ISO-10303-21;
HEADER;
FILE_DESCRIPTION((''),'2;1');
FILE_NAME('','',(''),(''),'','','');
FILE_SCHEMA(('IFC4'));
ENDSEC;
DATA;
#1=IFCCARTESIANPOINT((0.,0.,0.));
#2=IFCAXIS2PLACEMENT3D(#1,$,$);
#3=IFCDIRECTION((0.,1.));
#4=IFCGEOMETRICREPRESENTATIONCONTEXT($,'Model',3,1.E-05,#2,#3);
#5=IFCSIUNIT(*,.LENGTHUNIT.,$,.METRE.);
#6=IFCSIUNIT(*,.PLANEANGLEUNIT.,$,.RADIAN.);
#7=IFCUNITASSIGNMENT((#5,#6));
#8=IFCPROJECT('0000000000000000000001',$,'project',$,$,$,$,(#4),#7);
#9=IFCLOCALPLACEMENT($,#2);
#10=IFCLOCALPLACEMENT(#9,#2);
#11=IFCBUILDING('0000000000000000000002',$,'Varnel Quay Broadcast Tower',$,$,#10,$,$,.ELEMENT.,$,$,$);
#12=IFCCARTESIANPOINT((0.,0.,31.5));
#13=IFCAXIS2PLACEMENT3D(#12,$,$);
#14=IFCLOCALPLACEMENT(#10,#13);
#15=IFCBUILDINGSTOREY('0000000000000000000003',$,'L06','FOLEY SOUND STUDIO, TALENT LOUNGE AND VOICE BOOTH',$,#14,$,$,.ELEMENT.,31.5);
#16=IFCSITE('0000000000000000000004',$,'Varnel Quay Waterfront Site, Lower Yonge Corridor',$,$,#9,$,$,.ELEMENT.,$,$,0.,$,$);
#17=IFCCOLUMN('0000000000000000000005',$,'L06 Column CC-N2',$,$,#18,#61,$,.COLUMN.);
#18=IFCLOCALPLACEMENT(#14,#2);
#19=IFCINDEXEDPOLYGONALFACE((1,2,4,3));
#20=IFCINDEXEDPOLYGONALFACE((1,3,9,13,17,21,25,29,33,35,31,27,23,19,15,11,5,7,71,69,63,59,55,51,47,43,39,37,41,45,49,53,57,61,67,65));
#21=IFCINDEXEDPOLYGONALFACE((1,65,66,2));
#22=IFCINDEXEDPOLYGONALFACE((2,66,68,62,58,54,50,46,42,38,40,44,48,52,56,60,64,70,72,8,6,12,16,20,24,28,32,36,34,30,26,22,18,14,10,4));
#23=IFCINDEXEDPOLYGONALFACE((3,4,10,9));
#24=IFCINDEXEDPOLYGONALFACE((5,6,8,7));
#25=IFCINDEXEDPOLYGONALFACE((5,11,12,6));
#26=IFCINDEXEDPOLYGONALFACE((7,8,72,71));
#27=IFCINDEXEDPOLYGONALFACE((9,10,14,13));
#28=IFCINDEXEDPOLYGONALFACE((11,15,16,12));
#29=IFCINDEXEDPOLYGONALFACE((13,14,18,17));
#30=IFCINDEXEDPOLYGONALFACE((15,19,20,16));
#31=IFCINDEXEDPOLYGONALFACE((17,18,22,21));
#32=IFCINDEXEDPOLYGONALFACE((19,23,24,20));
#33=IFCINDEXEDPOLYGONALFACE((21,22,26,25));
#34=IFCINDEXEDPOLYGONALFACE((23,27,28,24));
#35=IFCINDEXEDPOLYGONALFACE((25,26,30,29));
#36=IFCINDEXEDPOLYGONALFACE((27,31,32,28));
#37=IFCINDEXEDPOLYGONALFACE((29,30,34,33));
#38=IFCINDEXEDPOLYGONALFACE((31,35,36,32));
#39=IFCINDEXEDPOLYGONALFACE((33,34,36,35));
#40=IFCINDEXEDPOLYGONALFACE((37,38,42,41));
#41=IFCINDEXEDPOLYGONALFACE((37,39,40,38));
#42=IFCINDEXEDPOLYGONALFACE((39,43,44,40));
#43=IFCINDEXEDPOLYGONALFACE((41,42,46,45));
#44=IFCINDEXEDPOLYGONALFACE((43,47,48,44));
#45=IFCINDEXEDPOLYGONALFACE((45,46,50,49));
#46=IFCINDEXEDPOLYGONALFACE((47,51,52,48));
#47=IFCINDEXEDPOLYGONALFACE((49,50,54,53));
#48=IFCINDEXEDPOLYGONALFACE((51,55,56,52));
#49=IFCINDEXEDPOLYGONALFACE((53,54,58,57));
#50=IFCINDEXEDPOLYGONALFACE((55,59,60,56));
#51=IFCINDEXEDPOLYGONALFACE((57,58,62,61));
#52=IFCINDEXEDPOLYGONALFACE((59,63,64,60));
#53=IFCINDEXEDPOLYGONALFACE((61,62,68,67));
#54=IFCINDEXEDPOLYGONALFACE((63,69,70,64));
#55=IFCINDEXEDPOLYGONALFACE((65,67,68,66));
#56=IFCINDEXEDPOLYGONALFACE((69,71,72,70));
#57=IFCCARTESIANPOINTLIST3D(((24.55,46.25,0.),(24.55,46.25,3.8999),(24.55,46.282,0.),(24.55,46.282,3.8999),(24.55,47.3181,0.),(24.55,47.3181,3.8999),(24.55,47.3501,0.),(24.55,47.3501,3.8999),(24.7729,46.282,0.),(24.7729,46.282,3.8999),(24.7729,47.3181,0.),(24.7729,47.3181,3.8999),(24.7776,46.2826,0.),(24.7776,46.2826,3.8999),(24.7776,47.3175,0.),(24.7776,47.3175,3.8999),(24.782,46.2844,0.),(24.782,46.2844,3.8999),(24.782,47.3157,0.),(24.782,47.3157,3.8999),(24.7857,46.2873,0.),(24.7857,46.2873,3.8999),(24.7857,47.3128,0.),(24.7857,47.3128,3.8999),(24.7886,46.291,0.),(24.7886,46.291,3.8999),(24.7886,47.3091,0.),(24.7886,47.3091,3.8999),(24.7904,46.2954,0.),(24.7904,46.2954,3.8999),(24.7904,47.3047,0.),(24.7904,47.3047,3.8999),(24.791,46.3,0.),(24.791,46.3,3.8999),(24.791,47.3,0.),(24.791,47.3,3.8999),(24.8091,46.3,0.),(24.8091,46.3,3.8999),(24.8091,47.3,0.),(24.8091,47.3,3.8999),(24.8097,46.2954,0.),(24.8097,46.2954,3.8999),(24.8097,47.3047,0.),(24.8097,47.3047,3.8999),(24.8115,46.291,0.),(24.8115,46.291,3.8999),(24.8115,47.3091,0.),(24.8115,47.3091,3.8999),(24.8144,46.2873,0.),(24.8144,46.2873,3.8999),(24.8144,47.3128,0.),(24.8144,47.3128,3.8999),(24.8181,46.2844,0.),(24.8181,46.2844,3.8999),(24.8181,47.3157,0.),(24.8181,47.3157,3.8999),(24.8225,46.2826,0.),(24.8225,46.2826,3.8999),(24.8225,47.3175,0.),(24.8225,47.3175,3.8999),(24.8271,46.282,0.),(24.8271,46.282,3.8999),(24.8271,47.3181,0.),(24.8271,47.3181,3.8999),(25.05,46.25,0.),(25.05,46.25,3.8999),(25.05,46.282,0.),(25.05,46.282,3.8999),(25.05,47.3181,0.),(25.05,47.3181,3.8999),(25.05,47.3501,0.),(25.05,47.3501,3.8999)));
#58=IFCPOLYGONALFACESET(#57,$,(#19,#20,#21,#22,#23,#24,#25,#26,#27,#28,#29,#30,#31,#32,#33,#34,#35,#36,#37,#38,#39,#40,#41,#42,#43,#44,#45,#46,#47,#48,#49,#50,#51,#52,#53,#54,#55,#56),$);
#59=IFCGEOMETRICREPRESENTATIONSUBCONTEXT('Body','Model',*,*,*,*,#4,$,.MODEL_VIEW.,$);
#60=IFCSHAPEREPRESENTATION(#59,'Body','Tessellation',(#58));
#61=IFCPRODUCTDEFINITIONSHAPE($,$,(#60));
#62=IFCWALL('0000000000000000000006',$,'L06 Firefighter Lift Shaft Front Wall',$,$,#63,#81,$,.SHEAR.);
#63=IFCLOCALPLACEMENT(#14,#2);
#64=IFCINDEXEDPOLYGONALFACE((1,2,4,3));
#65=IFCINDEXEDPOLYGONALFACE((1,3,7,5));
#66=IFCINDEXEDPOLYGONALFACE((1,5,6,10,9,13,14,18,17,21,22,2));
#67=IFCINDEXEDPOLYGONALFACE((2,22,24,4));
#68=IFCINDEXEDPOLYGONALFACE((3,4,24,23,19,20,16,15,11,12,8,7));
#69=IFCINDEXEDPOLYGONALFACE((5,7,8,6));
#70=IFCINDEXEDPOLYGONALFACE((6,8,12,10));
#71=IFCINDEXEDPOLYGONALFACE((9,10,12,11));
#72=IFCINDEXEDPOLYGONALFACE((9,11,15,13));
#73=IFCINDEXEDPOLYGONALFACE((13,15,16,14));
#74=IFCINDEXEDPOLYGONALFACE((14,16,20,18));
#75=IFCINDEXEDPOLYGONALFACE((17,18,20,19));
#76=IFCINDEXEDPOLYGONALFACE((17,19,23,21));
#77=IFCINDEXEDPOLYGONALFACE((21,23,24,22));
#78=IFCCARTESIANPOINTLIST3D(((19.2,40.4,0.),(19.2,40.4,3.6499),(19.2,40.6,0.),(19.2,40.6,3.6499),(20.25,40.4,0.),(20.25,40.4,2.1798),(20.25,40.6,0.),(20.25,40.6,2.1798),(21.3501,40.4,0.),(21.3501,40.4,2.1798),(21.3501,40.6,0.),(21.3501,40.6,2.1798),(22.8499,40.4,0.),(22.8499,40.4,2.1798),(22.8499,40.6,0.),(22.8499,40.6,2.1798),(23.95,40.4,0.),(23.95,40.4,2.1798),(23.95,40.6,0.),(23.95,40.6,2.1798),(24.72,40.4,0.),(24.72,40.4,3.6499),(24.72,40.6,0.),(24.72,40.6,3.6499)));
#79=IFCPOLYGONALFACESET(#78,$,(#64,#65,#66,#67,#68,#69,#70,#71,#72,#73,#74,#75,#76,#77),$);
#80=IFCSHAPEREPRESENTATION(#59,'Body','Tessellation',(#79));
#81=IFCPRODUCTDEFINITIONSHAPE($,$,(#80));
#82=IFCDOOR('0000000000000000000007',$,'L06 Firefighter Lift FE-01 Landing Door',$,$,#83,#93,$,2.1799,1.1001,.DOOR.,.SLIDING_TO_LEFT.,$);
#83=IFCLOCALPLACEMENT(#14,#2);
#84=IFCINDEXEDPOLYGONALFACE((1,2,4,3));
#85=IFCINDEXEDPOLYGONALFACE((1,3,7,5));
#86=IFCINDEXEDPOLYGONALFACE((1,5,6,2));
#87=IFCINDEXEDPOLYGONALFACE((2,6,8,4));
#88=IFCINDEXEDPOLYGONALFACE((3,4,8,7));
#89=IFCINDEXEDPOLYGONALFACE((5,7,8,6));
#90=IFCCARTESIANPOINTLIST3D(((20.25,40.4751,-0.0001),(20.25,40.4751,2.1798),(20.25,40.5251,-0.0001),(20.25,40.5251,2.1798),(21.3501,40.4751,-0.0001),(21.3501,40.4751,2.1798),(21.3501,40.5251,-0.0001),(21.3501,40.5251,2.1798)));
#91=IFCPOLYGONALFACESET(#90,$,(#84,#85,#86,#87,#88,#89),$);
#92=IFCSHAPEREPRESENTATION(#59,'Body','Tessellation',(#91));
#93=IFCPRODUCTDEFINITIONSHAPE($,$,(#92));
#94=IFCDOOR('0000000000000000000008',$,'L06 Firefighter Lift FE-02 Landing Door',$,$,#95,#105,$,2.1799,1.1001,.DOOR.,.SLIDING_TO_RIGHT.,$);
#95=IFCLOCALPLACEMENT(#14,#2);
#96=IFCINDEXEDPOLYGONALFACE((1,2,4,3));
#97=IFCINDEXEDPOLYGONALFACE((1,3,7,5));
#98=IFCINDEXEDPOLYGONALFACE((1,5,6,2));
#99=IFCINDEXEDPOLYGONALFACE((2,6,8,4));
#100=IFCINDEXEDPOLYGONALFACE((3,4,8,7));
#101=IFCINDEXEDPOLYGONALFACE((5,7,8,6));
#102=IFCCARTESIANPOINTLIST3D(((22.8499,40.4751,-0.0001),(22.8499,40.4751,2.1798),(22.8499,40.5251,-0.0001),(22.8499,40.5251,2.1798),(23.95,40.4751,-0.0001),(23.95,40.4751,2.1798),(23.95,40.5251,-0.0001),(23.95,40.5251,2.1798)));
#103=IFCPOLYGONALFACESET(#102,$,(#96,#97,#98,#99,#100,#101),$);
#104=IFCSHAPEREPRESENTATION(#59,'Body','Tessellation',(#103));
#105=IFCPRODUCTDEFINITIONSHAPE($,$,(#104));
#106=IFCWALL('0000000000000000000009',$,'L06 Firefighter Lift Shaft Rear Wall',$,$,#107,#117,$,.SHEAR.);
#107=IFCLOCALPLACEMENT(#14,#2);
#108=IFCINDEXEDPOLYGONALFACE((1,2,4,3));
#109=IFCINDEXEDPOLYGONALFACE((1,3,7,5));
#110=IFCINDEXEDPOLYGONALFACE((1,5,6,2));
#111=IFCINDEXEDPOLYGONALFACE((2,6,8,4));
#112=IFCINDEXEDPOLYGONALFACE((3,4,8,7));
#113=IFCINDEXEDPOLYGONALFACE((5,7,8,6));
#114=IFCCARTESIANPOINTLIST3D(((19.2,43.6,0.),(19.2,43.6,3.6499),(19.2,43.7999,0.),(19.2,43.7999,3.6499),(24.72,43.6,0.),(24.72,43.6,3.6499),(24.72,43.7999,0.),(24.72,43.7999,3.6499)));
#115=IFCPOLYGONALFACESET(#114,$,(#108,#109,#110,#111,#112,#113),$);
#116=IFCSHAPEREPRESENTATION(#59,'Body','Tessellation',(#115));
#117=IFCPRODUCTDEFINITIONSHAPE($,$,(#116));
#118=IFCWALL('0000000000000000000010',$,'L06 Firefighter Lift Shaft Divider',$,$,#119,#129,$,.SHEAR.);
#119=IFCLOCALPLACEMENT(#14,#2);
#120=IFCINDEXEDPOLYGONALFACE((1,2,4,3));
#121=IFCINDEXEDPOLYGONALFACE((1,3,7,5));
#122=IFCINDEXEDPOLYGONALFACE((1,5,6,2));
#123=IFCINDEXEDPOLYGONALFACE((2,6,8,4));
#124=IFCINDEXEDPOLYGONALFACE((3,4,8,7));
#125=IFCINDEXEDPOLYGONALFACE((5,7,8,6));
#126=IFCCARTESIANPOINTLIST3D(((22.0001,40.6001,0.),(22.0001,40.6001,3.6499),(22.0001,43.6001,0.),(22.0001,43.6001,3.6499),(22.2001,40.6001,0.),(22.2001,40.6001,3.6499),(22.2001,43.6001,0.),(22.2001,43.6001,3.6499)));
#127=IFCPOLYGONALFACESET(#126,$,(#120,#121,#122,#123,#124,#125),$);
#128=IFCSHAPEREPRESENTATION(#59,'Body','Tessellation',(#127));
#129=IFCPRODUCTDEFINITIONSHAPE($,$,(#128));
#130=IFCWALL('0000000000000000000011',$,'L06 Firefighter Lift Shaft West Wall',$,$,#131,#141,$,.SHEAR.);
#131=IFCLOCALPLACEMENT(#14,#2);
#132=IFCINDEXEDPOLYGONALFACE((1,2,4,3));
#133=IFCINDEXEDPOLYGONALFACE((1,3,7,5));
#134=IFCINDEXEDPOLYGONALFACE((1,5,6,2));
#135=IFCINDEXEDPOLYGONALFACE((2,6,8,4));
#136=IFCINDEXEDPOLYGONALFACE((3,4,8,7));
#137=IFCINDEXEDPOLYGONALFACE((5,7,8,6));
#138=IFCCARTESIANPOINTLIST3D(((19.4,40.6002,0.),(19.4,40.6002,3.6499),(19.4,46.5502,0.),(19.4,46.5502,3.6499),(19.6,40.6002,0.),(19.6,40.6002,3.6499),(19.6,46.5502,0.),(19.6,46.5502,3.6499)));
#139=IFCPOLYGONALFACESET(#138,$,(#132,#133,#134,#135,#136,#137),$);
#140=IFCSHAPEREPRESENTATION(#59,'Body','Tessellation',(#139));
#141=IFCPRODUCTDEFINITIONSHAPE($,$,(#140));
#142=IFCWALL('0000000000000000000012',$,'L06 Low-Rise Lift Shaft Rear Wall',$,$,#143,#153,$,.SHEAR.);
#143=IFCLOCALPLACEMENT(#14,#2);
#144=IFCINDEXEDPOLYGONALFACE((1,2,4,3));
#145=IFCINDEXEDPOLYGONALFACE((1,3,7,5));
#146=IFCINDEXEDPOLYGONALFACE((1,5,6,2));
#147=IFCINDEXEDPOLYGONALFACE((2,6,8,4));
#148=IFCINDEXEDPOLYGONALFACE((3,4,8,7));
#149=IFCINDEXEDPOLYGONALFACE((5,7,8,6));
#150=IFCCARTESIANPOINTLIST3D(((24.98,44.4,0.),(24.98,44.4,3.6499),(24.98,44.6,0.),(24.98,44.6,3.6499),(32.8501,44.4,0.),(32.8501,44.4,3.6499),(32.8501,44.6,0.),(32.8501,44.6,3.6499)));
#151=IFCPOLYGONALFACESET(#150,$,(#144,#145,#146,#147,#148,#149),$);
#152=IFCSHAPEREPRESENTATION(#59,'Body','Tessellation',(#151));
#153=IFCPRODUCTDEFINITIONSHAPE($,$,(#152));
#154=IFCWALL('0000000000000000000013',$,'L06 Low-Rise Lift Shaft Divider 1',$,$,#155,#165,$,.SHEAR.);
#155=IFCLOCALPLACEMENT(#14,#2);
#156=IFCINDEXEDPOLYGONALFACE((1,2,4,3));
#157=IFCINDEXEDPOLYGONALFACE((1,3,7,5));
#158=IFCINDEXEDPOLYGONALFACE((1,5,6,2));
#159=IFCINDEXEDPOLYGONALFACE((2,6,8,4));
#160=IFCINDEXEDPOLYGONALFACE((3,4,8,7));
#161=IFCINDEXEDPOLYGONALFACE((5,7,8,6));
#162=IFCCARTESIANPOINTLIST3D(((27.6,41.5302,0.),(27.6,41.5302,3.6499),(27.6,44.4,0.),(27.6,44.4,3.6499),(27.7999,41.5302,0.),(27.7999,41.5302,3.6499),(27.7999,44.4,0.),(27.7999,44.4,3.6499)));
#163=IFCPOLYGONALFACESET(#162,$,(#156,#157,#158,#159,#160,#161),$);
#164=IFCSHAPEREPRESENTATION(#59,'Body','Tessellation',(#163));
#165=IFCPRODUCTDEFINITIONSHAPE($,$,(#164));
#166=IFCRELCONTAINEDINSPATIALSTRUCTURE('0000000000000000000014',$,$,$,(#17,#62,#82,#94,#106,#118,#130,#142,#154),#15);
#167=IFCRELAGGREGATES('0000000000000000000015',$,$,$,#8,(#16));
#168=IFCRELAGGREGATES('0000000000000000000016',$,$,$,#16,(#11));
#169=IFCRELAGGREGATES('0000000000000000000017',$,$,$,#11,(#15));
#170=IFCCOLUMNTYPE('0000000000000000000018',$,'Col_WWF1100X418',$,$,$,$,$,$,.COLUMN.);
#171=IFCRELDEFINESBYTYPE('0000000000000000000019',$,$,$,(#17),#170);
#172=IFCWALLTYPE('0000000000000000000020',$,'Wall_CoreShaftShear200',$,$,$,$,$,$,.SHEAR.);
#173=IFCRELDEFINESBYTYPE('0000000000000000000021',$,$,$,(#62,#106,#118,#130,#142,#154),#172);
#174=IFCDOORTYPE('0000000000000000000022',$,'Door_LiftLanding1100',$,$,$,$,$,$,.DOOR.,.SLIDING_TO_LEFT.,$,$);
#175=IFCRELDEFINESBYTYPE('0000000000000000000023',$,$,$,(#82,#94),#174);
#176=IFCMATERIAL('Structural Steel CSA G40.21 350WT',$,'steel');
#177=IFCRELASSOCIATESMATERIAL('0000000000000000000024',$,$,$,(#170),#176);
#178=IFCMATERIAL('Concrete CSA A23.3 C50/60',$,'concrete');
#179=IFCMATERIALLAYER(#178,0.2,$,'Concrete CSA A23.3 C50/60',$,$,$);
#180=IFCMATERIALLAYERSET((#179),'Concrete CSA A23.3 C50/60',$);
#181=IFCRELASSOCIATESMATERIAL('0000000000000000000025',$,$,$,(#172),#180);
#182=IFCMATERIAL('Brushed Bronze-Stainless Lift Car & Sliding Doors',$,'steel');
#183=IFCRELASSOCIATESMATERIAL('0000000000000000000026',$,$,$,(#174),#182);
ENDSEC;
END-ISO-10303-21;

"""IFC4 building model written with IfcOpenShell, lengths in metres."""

from ifc_helpers import new_model, si_unit, direction, frame, frame_2d, origin, origin_2d, place, context, subcontext, project, spatial, rectangle, i_section, extrude, source, transform, mapped, material, layer, layer_set, material_profile, profile_set, type_object, type_shapes, element, fill, save


model = new_model("IFC4")

# Units and contexts
model_context = context("Model", 3, precision=1e-05, world=origin(), true_north=direction((0.0, 1.0)))
body_context = subcontext(model_context, "Body", "Model", "MODEL_VIEW")
ifc_project = project(units=[si_unit("LENGTHUNIT", "METRE"), si_unit("PLANEANGLEUNIT", "RADIAN")], contexts=[model_context])

# Site, building, storey
site_placement = place(None, origin())
site = spatial("IfcSite", under=ifc_project, at=site_placement, Name="Varnel Quay Waterfront Site, Lower Yonge Corridor", CompositionType="ELEMENT", RefElevation=0.0)
building_placement = place(site_placement, origin())
building = spatial("IfcBuilding", under=site, at=building_placement, Name="Varnel Quay Broadcast Tower", CompositionType="ELEMENT")
storey_placement = place(building_placement, frame((0.0, 0.0, 31.5)))
storey = spatial("IfcBuildingStorey", under=building, at=storey_placement, Name="L06", Description="FOLEY SOUND STUDIO, TALENT LOUNGE AND VOICE BOOTH", CompositionType="ELEMENT", Elevation=31.5)

# Column
ifc_material_1 = material(Name="Structural Steel CSA G40.21 350WT", Category="steel")
ifc_material_profile = material_profile(ifc_material_1, i_section(OverallWidth=0.5, OverallDepth=1.1001, WebThickness=0.0181, FlangeThickness=0.032, FilletRadius=0.0181, at=origin_2d()), Name="WWF1100X418")
ifc_profile_set = profile_set([ifc_material_profile], Name="Structural Steel CSA G40.21 350WT")
column_type = type_object("IfcColumnType", Name="Col_WWF1100X418", PredefinedType="COLUMN", material=ifc_profile_set)
shared_shape_1 = source(origin(), body_context, "Body", "SweptSolid", [
    extrude(i_section(OverallWidth=0.5, OverallDepth=1.1001, WebThickness=0.0181, FlangeThickness=0.032, FilletRadius=0.0181, at=origin_2d()), origin(), (0.0, 0.0, 1.0), 3.8999),
])
type_shapes(column_type, [shared_shape_1])
column_placement = place(storey_placement, frame((24.8, 46.8, 0.0), z_axis=(0.0, 0.0, 1.0), x_axis=(1.0, 0.0, 0.0)))
element("IfcColumn", 1, at=column_placement, inside=storey, type_object=column_type, Name="L06 Column CC-N2", PredefinedType="COLUMN", context=body_context, shape_type="MappedRepresentation", body=[
    mapped(shared_shape_1, transform((0.0, 0.0, 0.0), x_axis=(1.0, 0.0, 0.0), y_axis=(0.0, 1.0, 0.0), z_axis=(0.0, 0.0, 1.0), scale=1.0)),
])

# Wall, openings, doors
ifc_material_2 = material(Name="Concrete CSA A23.3 C50/60", Category="concrete")
ifc_layer_1 = layer(ifc_material_2, 0.2, Name="Concrete CSA A23.3 C50/60")
ifc_layer_set_1 = layer_set([ifc_layer_1], Name="Concrete CSA A23.3 C50/60")
wall_type_1 = type_object("IfcWallType", Name="Wall_CoreShaftShear200", PredefinedType="SHEAR", material=ifc_layer_set_1)
wall_1_placement = place(storey_placement, frame((19.2, 40.5, 0.0), z_axis=(0.0, 0.0, 1.0), x_axis=(1.0, 0.0, 0.0)))
wall_1 = element("IfcWall", 2, at=wall_1_placement, inside=storey, type_object=wall_type_1, Name="L06 Firefighter Lift Shaft Front Wall", PredefinedType="SHEAR", context=body_context, shape_type="SweptSolid", body=[
    extrude(rectangle(XDim=5.52, YDim=0.2, at=frame_2d((2.76, 0.0))), origin(), (0.0, 0.0, 1.0), 3.6499),
])
opening_1_placement = place(wall_1_placement, frame((1.05, 0.0, 0.0)))
opening_1 = element("IfcOpeningElement", 3, at=opening_1_placement, cuts=wall_1, PredefinedType="OPENING", context=body_context, shape_type="SweptSolid", body=[
    extrude(rectangle(XDim=1.1001, YDim=2.1799, at=frame_2d((0.55, 1.0898))), frame((0.0, 0.1099, 0.0), z_axis=(0.0, -1.0, 0.0), x_axis=(1.0, 0.0, 0.0)), (0.0, 0.0, 1.0), 0.22),
])
opening_2_placement = place(wall_1_placement, frame((3.6499, 0.0, 0.0)))
opening_2 = element("IfcOpeningElement", 4, at=opening_2_placement, cuts=wall_1, PredefinedType="OPENING", context=body_context, shape_type="SweptSolid", body=[
    extrude(rectangle(XDim=1.1001, YDim=2.1799, at=frame_2d((0.55, 1.0898))), frame((0.0, 0.1099, 0.0), z_axis=(0.0, -1.0, 0.0), x_axis=(1.0, 0.0, 0.0)), (0.0, 0.0, 1.0), 0.22),
])
ifc_material_3 = material(Name="Brushed Bronze-Stainless Lift Car & Sliding Doors", Category="steel")
door_type_1 = type_object("IfcDoorType", Name="Door_LiftLanding1100", OperationType="SLIDING_TO_LEFT", PredefinedType="DOOR", material=ifc_material_3)
shared_shape_2 = source(origin(), body_context, "Body", "SweptSolid", [
    extrude(rectangle(XDim=1.1001, YDim=2.1799, at=frame_2d((0.55, 1.0898))), frame((0.0, 0.0249, 0.0), z_axis=(0.0, -1.0, 0.0), x_axis=(1.0, 0.0, 0.0)), (0.0, 0.0, 1.0), 0.05),
])
type_shapes(door_type_1, [shared_shape_2])
door_1_placement = place(opening_1_placement, frame((1.1001, 0.0, 0.0), z_axis=(0.0, 0.0, 1.0), x_axis=(-1.0, 0.0, 0.0)))
door_1 = element("IfcDoor", 5, at=door_1_placement, inside=storey, type_object=door_type_1, Name="L06 Firefighter Lift FE-01 Landing Door", OperationType="SLIDING_TO_LEFT", OverallHeight=2.1799, OverallWidth=1.1001, PredefinedType="DOOR", context=body_context, shape_type="MappedRepresentation", body=[
    mapped(shared_shape_2, transform((0.0, 0.0, 0.0), x_axis=(1.0, 0.0, 0.0), y_axis=(0.0, 1.0, 0.0), z_axis=(0.0, 0.0, 1.0), scale=1.0)),
])
fill(opening_1, door_1)
door_2_placement = place(opening_2_placement, frame((1.1001, 0.0, 0.0), z_axis=(0.0, 0.0, 1.0), x_axis=(-1.0, 0.0, 0.0)))
door_2 = element("IfcDoor", 6, at=door_2_placement, inside=storey, type_object=door_type_1, Name="L06 Firefighter Lift FE-02 Landing Door", OperationType="SLIDING_TO_RIGHT", OverallHeight=2.1799, OverallWidth=1.1001, PredefinedType="DOOR", context=body_context, shape_type="MappedRepresentation", body=[
    mapped(shared_shape_2, transform((0.0, 0.0, 0.0), x_axis=(1.0, 0.0, 0.0), y_axis=(0.0, 1.0, 0.0), z_axis=(0.0, 0.0, 1.0), scale=1.0)),
])
fill(opening_2, door_2)

# Walls
wall_2_placement = place(storey_placement, frame((19.2, 43.7, 0.0), z_axis=(0.0, 0.0, 1.0), x_axis=(1.0, 0.0, 0.0)))
element("IfcWall", 7, at=wall_2_placement, inside=storey, type_object=wall_type_1, Name="L06 Firefighter Lift Shaft Rear Wall", PredefinedType="SHEAR", context=body_context, shape_type="SweptSolid", body=[
    extrude(rectangle(XDim=5.52, YDim=0.2, at=frame_2d((2.76, 0.0))), origin(), (0.0, 0.0, 1.0), 3.6499),
])
wall_3_placement = place(storey_placement, frame((22.1001, 40.6001, 0.0), z_axis=(0.0, 0.0, 1.0), x_axis=(0.0, 1.0, 0.0)))
element("IfcWall", 8, at=wall_3_placement, inside=storey, type_object=wall_type_1, Name="L06 Firefighter Lift Shaft Divider", PredefinedType="SHEAR", context=body_context, shape_type="SweptSolid", body=[
    extrude(rectangle(XDim=3.0, YDim=0.2, at=frame_2d((1.5, 0.0))), origin(), (0.0, 0.0, 1.0), 3.6499),
])
wall_4_placement = place(storey_placement, frame((19.5, 40.6001, 0.0), z_axis=(0.0, 0.0, 1.0), x_axis=(0.0, 1.0, 0.0)))
element("IfcWall", 9, at=wall_4_placement, inside=storey, type_object=wall_type_1, Name="L06 Firefighter Lift Shaft West Wall", PredefinedType="SHEAR", context=body_context, shape_type="SweptSolid", body=[
    extrude(rectangle(XDim=5.95, YDim=0.2, at=frame_2d((2.9751, 0.0))), origin(), (0.0, 0.0, 1.0), 3.6499),
])
wall_5_placement = place(storey_placement, frame((24.98, 44.5, 0.0), z_axis=(0.0, 0.0, 1.0), x_axis=(1.0, 0.0, 0.0)))
element("IfcWall", 10, at=wall_5_placement, inside=storey, type_object=wall_type_1, Name="L06 Low-Rise Lift Shaft Rear Wall", PredefinedType="SHEAR", context=body_context, shape_type="SweptSolid", body=[
    extrude(rectangle(XDim=7.8701, YDim=0.2, at=frame_2d((3.9351, 0.0))), origin(), (0.0, 0.0, 1.0), 3.6499),
])
wall_6_placement = place(storey_placement, frame((27.7, 41.53, 0.0), z_axis=(0.0, 0.0, 1.0), x_axis=(0.0, 1.0, 0.0)))
element("IfcWall", 11, at=wall_6_placement, inside=storey, type_object=wall_type_1, Name="L06 Low-Rise Lift Shaft Divider 1", PredefinedType="SHEAR", context=body_context, shape_type="SweptSolid", body=[
    extrude(rectangle(XDim=2.8699, YDim=0.2, at=frame_2d((1.4351, 0.0))), origin(), (0.0, 0.0, 1.0), 3.6499),
])

save(model, "model.ifc")
